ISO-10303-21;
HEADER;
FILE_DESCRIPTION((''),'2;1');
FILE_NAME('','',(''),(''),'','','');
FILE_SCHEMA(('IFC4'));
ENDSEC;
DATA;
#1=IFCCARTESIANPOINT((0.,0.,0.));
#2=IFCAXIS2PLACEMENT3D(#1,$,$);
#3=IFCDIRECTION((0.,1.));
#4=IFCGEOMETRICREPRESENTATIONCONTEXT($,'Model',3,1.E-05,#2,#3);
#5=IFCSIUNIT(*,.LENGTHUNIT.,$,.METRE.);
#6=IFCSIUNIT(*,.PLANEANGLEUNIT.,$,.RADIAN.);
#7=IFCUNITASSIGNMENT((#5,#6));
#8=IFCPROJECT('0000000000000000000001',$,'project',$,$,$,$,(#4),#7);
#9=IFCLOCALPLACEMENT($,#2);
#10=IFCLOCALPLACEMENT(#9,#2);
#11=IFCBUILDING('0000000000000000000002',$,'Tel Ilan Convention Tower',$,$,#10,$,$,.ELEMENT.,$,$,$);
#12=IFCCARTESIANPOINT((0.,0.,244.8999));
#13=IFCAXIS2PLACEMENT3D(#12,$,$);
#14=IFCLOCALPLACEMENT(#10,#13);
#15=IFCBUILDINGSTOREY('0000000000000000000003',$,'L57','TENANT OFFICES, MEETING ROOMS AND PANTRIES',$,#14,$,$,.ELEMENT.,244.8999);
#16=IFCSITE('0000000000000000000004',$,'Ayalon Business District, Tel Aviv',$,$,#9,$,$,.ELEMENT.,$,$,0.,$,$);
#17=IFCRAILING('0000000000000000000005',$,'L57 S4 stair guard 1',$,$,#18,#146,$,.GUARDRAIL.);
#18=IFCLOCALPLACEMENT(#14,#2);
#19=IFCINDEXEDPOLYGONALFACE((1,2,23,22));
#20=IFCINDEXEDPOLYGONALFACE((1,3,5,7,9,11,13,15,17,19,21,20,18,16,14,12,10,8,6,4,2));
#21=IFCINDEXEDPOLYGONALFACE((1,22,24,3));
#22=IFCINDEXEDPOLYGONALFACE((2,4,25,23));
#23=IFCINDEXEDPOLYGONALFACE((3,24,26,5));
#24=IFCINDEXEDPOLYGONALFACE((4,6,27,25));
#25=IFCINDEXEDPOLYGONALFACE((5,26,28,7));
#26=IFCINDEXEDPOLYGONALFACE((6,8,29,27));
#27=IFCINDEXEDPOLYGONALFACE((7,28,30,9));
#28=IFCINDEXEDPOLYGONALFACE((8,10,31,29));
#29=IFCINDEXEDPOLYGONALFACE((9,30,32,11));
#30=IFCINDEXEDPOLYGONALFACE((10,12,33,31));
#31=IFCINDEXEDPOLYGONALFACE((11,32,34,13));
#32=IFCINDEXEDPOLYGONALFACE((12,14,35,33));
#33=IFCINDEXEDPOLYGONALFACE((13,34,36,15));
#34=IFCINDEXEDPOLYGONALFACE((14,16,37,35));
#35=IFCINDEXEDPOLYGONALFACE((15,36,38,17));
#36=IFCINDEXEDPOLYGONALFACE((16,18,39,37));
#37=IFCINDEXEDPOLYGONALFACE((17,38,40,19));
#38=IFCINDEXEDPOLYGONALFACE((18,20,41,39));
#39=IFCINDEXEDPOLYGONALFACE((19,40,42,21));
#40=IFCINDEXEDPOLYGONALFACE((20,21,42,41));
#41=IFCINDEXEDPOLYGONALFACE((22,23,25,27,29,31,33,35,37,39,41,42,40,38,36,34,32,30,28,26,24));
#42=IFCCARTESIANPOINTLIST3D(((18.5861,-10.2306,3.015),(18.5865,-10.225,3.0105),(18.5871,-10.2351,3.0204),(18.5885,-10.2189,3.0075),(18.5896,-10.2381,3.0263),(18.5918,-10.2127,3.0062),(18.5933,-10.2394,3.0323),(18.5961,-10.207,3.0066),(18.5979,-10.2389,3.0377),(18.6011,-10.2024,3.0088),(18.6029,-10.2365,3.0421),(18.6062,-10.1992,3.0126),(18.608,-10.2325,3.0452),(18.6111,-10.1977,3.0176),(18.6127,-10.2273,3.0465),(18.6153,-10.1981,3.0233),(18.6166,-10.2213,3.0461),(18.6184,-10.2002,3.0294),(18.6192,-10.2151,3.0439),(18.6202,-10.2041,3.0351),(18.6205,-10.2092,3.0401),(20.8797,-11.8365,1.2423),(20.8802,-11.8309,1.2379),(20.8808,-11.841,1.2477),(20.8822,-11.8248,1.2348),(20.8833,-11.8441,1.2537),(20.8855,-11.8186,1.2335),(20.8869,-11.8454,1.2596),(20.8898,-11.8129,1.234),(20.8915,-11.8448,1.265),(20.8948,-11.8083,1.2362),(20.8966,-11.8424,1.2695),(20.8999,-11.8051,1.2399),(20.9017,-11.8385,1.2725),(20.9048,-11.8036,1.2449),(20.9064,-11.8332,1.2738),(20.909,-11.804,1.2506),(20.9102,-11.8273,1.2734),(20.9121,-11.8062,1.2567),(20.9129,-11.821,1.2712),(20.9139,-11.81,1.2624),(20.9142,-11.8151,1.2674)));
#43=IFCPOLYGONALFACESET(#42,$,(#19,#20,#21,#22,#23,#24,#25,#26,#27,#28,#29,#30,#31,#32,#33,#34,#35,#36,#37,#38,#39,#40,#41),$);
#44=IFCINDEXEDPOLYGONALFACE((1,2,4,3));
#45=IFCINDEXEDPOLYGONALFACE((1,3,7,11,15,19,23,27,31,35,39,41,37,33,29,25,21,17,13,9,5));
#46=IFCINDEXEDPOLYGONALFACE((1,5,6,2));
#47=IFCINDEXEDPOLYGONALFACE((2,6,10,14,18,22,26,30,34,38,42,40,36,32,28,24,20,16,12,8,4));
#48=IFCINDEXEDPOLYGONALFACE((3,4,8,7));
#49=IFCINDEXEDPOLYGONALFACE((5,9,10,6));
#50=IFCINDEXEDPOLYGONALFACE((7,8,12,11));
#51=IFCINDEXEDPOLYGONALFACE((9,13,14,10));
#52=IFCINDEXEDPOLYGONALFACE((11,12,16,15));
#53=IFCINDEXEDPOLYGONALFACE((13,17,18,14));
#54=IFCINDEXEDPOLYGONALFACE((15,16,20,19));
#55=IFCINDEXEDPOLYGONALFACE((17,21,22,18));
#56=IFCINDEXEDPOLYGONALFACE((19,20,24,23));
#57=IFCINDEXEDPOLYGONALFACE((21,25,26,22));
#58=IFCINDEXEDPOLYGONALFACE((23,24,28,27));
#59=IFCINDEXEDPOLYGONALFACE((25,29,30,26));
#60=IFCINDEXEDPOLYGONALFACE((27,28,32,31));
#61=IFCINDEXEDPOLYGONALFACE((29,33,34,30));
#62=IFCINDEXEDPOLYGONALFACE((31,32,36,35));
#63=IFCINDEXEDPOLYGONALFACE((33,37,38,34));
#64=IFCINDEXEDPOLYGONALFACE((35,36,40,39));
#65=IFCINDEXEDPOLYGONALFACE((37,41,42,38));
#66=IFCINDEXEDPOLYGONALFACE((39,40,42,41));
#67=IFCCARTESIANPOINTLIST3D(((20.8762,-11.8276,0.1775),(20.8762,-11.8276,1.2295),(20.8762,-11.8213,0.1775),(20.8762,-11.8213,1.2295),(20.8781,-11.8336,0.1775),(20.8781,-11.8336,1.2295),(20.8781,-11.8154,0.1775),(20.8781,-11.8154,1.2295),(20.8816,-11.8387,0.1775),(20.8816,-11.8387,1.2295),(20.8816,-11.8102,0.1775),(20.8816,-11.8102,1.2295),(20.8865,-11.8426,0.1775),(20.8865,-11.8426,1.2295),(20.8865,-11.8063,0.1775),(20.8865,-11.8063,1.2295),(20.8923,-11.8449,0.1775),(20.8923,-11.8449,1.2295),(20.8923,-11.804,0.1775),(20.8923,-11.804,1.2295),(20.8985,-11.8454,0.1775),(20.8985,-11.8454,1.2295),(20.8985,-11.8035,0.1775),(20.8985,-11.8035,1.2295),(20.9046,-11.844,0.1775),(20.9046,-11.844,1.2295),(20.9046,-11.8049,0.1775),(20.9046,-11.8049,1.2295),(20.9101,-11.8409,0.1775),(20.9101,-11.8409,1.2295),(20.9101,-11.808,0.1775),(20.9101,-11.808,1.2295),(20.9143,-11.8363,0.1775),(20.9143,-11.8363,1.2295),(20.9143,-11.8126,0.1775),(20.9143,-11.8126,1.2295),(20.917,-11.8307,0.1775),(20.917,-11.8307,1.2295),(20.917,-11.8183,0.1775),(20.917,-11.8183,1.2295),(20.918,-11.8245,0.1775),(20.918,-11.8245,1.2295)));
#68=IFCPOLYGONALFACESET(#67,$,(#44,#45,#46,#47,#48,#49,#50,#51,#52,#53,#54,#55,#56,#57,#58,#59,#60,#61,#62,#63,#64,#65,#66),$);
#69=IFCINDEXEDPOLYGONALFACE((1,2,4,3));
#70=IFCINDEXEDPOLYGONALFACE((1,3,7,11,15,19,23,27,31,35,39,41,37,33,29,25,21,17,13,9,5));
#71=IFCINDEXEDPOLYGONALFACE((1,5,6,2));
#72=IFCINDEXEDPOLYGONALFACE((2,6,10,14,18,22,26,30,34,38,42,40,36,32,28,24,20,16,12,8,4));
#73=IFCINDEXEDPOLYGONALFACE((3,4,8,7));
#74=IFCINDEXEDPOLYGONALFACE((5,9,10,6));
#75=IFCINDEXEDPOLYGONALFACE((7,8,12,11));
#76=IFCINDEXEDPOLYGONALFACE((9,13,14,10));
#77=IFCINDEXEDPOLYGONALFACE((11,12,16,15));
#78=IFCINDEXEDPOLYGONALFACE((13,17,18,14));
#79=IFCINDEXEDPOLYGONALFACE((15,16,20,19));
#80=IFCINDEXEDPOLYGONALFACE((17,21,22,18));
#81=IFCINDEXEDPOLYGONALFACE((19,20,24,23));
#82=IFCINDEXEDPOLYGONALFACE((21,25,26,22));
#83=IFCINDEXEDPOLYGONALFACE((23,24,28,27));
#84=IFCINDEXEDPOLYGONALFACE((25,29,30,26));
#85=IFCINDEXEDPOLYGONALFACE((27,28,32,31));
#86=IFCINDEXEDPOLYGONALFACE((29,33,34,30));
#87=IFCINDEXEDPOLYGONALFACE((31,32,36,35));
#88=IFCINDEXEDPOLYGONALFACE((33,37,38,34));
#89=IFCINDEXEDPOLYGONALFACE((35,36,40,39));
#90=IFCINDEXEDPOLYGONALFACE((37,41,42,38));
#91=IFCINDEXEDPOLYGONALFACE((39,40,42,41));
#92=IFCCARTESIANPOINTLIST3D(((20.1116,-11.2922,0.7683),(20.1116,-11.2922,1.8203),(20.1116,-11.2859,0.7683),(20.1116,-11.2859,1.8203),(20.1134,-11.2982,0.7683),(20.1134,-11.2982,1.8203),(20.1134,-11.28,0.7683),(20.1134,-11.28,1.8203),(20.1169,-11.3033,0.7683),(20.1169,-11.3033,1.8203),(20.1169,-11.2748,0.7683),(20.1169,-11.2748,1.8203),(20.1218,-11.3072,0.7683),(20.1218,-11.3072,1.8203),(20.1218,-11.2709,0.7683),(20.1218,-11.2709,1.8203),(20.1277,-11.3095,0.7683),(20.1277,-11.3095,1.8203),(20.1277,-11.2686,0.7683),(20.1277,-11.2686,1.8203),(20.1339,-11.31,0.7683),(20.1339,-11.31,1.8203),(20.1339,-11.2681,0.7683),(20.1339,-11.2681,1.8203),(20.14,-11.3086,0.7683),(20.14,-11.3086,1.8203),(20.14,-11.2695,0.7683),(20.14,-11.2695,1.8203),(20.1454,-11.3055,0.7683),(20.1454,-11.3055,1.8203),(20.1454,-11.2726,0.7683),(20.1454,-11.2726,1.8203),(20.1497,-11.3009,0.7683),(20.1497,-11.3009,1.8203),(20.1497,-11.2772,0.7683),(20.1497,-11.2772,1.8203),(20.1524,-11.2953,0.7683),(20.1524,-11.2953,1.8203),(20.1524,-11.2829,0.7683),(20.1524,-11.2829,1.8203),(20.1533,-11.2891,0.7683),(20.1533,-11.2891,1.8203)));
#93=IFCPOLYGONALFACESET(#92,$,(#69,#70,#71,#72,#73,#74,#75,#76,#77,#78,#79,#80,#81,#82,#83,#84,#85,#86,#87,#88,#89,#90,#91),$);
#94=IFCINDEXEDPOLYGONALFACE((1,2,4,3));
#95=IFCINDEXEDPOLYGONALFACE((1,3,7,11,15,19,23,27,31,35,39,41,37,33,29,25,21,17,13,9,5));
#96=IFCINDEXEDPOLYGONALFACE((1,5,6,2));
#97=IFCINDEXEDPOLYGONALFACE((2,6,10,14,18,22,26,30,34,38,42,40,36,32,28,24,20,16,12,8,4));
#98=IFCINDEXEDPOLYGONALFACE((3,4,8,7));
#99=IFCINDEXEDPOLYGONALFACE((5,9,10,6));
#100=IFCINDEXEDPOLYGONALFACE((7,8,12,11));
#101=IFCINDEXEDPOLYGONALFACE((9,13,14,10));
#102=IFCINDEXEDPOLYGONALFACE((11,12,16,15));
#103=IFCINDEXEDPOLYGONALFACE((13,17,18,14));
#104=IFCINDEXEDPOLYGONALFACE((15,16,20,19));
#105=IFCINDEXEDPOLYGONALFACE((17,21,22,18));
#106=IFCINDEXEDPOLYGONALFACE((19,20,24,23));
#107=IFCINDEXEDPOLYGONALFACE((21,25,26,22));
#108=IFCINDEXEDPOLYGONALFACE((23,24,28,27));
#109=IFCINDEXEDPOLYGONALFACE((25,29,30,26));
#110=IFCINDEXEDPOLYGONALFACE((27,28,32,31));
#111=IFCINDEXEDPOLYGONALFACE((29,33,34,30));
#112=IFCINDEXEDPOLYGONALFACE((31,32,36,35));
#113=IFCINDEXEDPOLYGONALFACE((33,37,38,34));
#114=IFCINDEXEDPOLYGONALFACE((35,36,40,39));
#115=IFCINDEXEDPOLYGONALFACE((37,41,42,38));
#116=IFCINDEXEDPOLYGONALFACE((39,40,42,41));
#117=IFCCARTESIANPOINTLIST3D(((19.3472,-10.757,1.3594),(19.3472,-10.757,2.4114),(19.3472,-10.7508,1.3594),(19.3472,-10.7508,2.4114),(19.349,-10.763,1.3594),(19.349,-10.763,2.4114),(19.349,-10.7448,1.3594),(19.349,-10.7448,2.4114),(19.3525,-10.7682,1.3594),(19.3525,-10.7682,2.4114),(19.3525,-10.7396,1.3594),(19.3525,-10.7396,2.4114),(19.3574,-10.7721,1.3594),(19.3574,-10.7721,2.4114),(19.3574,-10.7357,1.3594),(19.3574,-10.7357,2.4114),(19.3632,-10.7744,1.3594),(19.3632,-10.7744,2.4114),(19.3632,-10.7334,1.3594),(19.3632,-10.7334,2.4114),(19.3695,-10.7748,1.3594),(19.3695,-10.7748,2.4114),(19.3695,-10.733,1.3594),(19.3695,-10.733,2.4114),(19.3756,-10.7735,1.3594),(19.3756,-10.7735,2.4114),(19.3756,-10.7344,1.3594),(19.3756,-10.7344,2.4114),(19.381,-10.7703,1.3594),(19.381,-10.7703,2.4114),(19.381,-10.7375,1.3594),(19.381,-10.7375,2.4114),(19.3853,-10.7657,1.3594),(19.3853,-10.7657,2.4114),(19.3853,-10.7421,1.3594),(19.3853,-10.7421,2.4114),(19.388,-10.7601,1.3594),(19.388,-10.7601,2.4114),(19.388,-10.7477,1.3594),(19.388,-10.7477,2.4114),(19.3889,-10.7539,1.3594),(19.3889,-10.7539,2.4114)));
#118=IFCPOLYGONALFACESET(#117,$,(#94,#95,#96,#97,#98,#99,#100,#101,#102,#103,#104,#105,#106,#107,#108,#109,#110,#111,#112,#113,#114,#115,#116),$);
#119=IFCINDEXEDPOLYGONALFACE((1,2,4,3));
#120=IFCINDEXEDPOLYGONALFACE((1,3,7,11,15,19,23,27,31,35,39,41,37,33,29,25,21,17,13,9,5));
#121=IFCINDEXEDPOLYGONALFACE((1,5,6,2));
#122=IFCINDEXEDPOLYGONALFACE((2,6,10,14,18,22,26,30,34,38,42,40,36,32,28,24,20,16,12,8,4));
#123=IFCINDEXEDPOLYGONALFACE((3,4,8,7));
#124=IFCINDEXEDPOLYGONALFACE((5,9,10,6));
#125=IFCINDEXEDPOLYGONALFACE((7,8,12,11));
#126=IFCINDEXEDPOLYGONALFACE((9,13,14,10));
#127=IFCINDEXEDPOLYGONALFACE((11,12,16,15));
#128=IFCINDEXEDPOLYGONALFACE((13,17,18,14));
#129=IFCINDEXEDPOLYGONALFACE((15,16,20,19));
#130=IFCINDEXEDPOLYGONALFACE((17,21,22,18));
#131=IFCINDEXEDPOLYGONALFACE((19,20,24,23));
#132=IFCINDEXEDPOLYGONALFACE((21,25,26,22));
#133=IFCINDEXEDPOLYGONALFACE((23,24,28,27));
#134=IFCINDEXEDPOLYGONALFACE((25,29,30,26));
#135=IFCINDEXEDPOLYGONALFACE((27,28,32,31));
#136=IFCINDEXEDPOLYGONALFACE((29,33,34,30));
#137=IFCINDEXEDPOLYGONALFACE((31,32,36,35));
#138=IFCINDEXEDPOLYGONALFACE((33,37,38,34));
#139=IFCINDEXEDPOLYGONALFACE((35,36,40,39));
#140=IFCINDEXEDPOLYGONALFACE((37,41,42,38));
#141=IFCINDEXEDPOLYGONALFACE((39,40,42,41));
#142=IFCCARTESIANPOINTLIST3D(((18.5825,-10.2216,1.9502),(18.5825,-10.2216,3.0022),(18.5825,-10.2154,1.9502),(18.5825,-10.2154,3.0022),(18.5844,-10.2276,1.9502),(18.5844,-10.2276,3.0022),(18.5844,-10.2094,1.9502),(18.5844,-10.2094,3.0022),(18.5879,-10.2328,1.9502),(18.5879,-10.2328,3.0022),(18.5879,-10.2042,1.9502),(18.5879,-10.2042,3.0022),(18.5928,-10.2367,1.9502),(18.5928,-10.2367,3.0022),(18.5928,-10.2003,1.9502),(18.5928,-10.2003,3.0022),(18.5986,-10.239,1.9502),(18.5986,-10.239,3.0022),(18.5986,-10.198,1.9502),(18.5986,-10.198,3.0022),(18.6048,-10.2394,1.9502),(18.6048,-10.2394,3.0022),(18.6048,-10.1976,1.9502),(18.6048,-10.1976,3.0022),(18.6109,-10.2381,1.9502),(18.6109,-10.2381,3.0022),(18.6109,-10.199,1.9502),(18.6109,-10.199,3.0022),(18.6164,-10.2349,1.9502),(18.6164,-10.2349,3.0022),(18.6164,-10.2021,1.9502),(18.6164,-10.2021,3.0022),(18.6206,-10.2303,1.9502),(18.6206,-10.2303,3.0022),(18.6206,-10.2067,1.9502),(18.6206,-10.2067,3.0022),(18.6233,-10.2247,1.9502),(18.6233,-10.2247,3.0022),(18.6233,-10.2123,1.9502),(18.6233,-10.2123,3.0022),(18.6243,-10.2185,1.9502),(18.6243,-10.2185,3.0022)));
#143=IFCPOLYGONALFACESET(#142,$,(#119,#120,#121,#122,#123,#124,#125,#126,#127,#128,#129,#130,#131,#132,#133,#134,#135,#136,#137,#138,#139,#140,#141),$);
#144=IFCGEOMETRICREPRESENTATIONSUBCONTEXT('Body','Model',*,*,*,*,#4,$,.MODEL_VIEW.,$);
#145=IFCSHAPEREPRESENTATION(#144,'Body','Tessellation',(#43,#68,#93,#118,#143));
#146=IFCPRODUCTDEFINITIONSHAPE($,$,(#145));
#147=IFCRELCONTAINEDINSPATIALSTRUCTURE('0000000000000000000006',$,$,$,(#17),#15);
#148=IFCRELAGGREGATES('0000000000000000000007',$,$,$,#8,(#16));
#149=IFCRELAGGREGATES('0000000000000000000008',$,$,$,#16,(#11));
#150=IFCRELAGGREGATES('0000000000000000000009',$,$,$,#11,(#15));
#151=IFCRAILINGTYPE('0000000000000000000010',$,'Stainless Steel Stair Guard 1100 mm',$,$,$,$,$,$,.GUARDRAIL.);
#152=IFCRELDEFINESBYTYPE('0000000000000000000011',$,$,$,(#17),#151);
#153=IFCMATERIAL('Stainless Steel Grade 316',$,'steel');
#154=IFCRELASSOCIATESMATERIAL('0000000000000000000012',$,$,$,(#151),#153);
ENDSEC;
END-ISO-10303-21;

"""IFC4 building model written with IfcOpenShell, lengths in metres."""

from ifc_helpers import new_model, si_unit, direction, frame, origin, origin_2d, place, context, subcontext, project, spatial, circle, extrude, material, type_object, element, save


model = new_model("IFC4")

# Units and contexts
model_context = context("Model", 3, precision=1e-05, world=origin(), true_north=direction((0.0, 1.0)))
body_context = subcontext(model_context, "Body", "Model", "MODEL_VIEW")
ifc_project = project(units=[si_unit("LENGTHUNIT", "METRE"), si_unit("PLANEANGLEUNIT", "RADIAN")], contexts=[model_context])

# Site, building, storey
site_placement = place(None, origin())
site = spatial("IfcSite", under=ifc_project, at=site_placement, Name="Ayalon Business District, Tel Aviv", CompositionType="ELEMENT", RefElevation=0.0)
building_placement = place(site_placement, origin())
building = spatial("IfcBuilding", under=site, at=building_placement, Name="Tel Ilan Convention Tower", CompositionType="ELEMENT")
storey_placement = place(building_placement, frame((0.0, 0.0, 244.8999)))
storey = spatial("IfcBuildingStorey", under=building, at=storey_placement, Name="L57", Description="TENANT OFFICES, MEETING ROOMS AND PANTRIES", CompositionType="ELEMENT", Elevation=244.8999)

# Railing
ifc_material_1 = material(Name="Stainless Steel Grade 316", Category="steel")
railing_type_1 = type_object("IfcRailingType", Name="Stainless Steel Stair Guard 1100 mm", PredefinedType="GUARDRAIL", material=ifc_material_1)
railing_1_placement = place(storey_placement, frame((20.897, -11.8245, 0.1775)))
element("IfcRailing", 1, at=railing_1_placement, inside=storey, type_object=railing_type_1, Name="L57 S4 stair guard 1", PredefinedType="GUARDRAIL", context=body_context, shape_type="SweptSolid", body=[
    extrude(circle(Radius=0.0239, at=origin_2d()), frame((0.0, 0.0, 1.0762), z_axis=(-0.692123, 0.484597, 0.534913), x_axis=(-0.57355, -0.81917, 0.0)), (0.0, 0.0, 1.0), 3.314),
    extrude(circle(Radius=0.021, at=origin_2d()), origin(), (0.0, 0.0, 1.0), 1.052),
    extrude(circle(Radius=0.021, at=origin_2d()), frame((-0.7646, 0.5354, 0.5908)), (0.0, 0.0, 1.0), 1.052),
    extrude(circle(Radius=0.021, at=origin_2d()), frame((-1.5291, 1.0706, 1.1819)), (0.0, 0.0, 1.0), 1.052),
    extrude(circle(Radius=0.021, at=origin_2d()), frame((-2.2937, 1.606, 1.7727)), (0.0, 0.0, 1.0), 1.052),
])

save(model, "model.ifc")
